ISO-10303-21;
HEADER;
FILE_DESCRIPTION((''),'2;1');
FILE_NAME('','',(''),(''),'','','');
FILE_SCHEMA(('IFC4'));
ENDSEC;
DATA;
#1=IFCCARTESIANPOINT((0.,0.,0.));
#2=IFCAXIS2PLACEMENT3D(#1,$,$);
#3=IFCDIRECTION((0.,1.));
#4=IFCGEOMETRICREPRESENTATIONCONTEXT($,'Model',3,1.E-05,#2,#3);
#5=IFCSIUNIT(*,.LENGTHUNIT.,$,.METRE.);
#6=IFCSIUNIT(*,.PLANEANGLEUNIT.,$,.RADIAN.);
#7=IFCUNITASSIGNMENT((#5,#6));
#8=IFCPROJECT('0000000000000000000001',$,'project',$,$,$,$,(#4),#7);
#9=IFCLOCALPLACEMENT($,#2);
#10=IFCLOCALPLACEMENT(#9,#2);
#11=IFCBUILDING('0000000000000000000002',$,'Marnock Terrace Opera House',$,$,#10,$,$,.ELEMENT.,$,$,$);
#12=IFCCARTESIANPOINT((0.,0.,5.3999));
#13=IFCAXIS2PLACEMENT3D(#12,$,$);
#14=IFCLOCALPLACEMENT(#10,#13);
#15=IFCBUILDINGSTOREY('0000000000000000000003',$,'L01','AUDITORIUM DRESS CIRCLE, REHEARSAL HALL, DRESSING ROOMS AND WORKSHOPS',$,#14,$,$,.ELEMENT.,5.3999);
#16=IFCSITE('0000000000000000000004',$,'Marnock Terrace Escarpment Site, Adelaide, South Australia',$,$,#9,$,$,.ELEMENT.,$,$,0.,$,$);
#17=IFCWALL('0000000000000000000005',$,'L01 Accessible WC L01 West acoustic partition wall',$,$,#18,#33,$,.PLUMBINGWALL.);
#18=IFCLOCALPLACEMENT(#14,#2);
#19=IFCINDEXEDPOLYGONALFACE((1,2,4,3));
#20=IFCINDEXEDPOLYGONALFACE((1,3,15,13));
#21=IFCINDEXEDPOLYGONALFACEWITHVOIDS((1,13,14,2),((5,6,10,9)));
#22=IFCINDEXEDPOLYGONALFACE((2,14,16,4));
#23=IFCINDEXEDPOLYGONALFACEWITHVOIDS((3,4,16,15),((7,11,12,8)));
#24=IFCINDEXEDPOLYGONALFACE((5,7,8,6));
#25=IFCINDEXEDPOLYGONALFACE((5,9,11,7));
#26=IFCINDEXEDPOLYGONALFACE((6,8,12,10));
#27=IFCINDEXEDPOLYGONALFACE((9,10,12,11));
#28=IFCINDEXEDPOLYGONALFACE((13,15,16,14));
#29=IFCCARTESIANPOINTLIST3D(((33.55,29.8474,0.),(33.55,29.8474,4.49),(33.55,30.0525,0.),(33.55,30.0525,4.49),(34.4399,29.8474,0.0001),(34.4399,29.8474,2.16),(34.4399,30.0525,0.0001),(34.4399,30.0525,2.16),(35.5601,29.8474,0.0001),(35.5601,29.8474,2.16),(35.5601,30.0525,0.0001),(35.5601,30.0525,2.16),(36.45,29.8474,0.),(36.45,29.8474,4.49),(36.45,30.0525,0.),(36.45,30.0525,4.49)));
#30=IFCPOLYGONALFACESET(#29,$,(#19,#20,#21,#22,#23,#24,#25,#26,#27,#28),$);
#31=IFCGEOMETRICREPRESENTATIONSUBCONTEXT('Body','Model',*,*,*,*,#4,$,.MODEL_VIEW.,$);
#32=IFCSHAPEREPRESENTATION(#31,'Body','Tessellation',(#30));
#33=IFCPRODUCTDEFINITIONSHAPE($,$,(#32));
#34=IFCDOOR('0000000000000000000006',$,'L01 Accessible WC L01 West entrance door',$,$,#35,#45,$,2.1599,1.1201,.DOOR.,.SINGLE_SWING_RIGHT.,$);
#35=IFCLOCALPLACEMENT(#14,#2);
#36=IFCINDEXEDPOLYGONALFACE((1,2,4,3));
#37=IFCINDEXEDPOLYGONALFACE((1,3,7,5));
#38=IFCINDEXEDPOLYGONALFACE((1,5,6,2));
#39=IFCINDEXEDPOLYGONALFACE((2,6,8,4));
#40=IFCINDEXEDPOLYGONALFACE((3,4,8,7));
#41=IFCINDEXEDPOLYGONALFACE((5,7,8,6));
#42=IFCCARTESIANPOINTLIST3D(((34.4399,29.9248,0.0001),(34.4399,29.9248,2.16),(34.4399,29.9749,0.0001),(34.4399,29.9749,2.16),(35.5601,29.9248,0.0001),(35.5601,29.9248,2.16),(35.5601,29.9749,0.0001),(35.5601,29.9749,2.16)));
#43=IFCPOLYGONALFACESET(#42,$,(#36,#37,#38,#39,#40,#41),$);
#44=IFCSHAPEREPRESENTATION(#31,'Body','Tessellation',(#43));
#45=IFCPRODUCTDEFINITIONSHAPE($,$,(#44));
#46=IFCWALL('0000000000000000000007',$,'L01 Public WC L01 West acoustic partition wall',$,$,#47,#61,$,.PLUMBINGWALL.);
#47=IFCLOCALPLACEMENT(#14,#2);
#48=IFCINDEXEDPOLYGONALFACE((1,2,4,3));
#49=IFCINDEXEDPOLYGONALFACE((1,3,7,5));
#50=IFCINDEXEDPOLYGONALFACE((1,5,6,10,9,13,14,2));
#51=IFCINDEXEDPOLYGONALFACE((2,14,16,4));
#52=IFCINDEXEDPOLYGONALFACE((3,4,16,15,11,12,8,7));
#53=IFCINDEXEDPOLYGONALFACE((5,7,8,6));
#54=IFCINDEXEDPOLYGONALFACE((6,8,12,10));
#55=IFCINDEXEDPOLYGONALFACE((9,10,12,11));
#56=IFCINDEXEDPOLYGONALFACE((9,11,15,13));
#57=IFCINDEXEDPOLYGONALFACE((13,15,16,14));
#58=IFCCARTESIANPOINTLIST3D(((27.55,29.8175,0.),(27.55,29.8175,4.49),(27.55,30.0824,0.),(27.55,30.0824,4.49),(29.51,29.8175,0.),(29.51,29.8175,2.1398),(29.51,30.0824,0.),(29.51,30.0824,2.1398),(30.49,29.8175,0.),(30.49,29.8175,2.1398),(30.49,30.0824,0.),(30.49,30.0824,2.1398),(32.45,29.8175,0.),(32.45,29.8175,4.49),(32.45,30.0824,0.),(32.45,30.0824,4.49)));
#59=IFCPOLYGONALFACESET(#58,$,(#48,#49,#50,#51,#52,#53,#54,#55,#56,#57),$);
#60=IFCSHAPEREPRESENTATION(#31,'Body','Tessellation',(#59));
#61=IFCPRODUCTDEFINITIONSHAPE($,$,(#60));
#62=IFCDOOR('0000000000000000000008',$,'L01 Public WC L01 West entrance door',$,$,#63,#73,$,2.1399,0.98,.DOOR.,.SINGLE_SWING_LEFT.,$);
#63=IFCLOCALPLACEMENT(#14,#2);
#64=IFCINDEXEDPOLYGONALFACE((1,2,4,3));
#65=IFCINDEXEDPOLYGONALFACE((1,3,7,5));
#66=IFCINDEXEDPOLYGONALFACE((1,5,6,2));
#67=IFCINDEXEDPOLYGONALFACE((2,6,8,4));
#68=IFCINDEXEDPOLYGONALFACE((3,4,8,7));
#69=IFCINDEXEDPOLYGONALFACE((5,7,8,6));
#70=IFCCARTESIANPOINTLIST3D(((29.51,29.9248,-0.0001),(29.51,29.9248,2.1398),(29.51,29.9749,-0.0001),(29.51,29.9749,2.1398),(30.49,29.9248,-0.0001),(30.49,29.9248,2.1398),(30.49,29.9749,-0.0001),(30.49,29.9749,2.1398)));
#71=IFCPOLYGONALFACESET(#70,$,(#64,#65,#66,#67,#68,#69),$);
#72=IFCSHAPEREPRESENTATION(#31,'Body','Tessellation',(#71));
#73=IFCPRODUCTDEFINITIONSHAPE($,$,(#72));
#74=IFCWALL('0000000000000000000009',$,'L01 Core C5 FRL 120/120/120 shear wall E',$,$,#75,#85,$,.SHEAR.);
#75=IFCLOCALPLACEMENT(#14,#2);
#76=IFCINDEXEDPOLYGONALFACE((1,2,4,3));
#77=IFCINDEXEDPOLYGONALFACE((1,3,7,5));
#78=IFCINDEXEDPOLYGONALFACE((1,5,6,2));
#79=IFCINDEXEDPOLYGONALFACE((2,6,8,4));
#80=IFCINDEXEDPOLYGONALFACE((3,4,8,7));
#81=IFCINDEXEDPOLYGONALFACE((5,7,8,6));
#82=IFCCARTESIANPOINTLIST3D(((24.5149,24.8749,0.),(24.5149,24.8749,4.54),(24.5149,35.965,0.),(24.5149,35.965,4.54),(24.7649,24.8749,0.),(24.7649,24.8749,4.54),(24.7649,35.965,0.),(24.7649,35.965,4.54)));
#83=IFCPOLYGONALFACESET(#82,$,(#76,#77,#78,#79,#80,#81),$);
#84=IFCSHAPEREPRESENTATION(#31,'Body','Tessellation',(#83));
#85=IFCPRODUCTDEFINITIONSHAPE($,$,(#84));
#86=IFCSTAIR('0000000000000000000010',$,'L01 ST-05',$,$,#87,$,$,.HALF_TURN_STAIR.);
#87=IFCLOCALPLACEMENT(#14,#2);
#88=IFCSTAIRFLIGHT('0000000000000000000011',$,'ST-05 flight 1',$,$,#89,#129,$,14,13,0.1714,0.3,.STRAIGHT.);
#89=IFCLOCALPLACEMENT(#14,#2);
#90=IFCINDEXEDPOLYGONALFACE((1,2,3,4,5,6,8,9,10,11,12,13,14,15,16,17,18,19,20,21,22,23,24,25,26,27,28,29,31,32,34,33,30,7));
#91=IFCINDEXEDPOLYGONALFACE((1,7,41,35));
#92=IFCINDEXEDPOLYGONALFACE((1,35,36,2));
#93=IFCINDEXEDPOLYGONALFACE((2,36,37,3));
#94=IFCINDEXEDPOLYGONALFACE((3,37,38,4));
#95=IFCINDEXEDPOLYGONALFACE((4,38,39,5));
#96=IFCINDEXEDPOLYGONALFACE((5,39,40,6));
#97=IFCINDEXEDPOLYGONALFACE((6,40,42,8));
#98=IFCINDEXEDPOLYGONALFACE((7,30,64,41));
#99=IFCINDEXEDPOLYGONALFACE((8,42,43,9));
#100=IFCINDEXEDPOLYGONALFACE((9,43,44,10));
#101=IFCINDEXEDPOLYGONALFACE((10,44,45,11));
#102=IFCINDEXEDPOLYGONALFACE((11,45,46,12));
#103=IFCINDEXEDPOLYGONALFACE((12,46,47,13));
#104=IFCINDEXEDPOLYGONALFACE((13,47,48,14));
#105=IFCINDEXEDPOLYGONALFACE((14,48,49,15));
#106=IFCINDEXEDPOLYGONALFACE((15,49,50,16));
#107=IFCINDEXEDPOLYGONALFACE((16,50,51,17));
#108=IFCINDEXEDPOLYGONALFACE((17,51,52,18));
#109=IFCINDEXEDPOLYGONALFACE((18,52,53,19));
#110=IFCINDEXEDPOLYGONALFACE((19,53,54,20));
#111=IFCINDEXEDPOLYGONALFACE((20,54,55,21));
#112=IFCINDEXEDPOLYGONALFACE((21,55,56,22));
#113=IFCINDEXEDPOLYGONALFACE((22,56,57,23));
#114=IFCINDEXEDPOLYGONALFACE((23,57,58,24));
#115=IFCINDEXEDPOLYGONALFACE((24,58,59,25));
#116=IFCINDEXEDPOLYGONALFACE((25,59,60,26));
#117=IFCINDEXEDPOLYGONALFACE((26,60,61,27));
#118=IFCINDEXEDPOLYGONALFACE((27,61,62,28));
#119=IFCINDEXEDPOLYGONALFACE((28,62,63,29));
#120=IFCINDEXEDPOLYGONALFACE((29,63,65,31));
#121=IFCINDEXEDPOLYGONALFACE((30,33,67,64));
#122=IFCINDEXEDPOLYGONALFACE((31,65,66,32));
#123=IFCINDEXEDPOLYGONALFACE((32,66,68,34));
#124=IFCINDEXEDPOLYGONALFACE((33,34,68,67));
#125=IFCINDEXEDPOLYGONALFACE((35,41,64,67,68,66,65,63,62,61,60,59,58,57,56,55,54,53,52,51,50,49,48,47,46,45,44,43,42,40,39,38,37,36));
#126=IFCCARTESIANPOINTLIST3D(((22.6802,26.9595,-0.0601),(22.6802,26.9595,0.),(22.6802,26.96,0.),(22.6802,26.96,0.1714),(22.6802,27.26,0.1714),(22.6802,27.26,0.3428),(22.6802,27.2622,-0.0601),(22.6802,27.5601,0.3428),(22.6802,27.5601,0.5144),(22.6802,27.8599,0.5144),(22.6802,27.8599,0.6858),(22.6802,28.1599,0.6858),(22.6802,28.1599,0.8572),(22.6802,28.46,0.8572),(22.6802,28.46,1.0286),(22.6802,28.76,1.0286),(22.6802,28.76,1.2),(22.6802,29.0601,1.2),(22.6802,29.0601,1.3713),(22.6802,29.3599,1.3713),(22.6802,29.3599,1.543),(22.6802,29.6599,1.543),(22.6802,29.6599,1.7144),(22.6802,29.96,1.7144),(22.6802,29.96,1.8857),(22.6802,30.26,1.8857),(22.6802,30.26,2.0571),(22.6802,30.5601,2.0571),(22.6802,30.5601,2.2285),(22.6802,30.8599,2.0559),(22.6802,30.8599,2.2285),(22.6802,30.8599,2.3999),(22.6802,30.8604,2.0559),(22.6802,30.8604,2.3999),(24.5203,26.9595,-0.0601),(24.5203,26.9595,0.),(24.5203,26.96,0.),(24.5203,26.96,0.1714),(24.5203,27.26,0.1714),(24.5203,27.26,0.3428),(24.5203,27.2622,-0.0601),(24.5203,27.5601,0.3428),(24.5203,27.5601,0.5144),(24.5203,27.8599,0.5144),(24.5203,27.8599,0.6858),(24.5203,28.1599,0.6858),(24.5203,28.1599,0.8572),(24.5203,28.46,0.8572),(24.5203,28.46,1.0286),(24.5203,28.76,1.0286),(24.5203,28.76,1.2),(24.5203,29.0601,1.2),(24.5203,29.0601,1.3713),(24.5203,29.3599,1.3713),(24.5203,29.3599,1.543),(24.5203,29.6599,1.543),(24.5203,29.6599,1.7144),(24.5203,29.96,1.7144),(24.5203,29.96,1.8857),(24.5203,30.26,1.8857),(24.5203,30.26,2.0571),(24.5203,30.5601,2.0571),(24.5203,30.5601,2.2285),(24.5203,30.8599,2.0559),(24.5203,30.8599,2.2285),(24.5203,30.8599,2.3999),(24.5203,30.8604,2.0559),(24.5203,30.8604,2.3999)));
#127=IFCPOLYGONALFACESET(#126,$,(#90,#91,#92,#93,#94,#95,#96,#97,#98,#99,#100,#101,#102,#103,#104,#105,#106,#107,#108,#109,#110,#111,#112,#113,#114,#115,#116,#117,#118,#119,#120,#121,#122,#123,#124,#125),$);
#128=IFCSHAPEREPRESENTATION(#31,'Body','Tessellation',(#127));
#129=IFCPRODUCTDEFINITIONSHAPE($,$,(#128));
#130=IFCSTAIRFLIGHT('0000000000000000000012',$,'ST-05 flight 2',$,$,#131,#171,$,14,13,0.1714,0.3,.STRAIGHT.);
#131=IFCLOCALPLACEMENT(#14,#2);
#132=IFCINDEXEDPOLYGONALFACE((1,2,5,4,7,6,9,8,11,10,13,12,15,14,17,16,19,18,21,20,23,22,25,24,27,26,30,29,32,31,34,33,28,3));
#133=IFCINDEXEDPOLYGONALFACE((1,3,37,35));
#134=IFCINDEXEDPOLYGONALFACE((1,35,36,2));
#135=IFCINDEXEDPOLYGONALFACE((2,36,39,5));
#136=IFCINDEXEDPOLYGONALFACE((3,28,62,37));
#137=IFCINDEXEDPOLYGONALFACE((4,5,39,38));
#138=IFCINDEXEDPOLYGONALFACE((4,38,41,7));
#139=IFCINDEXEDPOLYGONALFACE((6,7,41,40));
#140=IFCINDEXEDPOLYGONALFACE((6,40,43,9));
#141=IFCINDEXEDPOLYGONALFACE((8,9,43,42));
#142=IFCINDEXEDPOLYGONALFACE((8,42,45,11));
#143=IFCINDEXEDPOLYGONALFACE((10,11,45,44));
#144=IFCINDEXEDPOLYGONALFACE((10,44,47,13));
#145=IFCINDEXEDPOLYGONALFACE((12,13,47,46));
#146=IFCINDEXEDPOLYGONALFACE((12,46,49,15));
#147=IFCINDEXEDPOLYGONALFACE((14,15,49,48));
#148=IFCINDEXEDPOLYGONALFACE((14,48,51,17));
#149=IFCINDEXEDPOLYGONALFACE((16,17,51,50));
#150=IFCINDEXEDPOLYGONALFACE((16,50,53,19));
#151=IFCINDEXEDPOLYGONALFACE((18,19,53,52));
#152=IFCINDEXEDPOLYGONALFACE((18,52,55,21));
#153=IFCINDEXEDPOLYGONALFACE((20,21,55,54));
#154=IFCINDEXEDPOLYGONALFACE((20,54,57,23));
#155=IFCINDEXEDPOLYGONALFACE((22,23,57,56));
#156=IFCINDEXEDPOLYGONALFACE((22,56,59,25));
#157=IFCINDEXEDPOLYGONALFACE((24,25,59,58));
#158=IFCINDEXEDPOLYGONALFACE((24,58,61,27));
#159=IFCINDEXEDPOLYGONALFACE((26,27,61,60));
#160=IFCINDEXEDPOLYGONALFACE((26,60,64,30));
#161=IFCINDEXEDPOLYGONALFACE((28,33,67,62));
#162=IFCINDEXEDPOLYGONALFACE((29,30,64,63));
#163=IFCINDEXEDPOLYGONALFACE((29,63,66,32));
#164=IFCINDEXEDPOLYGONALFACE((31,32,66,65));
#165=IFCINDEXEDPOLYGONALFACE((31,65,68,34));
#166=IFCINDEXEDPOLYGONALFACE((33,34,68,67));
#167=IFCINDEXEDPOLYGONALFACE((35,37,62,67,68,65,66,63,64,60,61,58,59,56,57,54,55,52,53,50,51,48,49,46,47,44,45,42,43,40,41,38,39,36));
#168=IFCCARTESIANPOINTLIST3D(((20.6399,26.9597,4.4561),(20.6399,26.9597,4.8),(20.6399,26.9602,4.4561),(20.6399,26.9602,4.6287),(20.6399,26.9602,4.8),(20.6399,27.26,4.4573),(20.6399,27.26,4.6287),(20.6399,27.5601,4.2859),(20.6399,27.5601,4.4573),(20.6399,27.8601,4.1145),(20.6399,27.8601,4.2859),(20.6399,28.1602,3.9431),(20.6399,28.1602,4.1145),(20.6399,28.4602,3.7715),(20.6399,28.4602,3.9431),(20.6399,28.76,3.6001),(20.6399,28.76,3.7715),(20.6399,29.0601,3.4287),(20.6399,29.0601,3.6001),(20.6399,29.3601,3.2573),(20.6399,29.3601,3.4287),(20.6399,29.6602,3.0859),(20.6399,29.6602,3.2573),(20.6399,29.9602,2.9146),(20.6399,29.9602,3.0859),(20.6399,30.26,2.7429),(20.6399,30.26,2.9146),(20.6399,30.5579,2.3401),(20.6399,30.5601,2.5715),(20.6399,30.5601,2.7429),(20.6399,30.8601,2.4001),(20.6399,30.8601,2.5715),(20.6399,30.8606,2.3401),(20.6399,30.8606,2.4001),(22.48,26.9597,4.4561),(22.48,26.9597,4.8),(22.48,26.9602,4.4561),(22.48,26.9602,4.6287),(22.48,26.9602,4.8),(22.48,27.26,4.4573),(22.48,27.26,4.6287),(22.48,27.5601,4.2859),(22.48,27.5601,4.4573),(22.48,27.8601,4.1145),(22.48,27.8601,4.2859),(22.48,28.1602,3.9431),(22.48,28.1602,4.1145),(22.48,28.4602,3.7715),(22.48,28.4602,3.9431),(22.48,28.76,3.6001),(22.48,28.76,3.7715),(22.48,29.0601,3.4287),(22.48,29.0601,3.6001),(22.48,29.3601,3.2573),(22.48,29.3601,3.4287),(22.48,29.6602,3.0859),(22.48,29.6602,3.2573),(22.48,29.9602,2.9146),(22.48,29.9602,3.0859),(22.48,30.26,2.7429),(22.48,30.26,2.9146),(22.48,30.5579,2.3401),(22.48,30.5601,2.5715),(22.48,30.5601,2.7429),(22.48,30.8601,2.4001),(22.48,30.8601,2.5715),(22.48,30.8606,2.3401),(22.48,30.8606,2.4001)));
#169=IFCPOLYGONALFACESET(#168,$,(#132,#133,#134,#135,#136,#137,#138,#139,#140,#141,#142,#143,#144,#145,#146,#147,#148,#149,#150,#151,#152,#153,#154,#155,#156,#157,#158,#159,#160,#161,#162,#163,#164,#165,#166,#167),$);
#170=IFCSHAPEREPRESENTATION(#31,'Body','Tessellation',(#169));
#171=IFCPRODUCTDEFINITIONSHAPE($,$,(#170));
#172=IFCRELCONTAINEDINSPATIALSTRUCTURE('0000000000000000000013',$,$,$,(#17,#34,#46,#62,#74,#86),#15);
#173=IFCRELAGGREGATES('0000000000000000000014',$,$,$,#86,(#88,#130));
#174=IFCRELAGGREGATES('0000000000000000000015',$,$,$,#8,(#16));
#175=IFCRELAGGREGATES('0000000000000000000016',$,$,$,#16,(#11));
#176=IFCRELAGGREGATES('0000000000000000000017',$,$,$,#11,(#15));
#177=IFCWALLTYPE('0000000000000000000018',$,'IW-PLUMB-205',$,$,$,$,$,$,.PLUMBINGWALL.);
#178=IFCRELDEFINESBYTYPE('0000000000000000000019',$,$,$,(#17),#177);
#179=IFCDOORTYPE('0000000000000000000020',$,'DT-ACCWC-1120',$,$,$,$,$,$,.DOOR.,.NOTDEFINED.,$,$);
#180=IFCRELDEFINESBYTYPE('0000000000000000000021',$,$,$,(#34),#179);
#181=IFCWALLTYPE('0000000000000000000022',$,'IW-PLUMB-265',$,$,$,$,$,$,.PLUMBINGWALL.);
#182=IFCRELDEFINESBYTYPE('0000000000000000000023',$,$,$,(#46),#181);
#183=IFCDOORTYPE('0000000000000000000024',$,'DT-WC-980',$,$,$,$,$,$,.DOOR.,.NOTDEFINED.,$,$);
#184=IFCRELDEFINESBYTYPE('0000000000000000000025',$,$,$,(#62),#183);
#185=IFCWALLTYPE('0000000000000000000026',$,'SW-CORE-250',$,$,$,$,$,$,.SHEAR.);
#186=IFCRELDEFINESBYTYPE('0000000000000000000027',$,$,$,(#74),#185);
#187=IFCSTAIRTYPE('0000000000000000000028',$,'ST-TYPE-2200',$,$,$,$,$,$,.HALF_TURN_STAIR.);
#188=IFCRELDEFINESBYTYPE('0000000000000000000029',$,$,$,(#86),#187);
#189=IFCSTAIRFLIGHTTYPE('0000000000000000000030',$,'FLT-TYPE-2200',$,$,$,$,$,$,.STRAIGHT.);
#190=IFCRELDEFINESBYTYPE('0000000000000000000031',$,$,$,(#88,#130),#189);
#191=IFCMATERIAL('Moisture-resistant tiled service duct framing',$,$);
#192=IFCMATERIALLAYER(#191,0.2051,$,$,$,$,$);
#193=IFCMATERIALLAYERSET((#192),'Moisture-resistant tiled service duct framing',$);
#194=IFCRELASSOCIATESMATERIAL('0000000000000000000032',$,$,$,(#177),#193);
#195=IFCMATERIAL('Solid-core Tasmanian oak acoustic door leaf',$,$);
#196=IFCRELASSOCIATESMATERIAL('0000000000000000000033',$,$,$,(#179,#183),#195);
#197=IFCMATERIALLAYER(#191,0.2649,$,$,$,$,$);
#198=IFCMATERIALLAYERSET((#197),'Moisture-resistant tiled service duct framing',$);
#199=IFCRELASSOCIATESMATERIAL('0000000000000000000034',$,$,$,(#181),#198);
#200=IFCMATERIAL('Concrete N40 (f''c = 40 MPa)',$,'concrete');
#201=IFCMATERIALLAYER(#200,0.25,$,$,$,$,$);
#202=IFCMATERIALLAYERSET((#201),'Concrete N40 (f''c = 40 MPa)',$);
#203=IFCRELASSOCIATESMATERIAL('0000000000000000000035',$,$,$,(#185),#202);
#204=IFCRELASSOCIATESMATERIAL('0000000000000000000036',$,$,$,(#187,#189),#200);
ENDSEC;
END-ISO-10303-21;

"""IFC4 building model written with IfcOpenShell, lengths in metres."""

from ifc_helpers import new_model, si_unit, direction, frame, frame_2d, origin, place, context, subcontext, project, spatial, polyline, rectangle, outline, extrude, material, layer, layer_set, type_object, element, fill, aggregate, save


model = new_model("IFC4")

# Units and contexts
model_context = context("Model", 3, precision=1e-05, world=origin(), true_north=direction((0.0, 1.0)))
body_context = subcontext(model_context, "Body", "Model", "MODEL_VIEW")
ifc_project = project(units=[si_unit("LENGTHUNIT", "METRE"), si_unit("PLANEANGLEUNIT", "RADIAN")], contexts=[model_context])

# Site, building, storey
site_placement = place(None, origin())
site = spatial("IfcSite", under=ifc_project, at=site_placement, Name="Marnock Terrace Escarpment Site, Adelaide, South Australia", CompositionType="ELEMENT", RefElevation=0.0)
building_placement = place(site_placement, origin())
building = spatial("IfcBuilding", under=site, at=building_placement, Name="Marnock Terrace Opera House", CompositionType="ELEMENT")
storey_placement = place(building_placement, frame((0.0, 0.0, 5.3999)))
storey = spatial("IfcBuildingStorey", under=building, at=storey_placement, Name="L01", Description="AUDITORIUM DRESS CIRCLE, REHEARSAL HALL, DRESSING ROOMS AND WORKSHOPS", CompositionType="ELEMENT", Elevation=5.3999)

# Shared definitions
ifc_material_1 = material(Name="Concrete N40 (f'c = 40 MPa)", Category="concrete")

# Walls, openings, doors
ifc_material_2 = material(Name="Moisture-resistant tiled service duct framing")
ifc_layer_1 = layer(ifc_material_2, 0.2051)
ifc_layer_set_1 = layer_set([ifc_layer_1], Name="Moisture-resistant tiled service duct framing")
wall_type_1 = type_object("IfcWallType", Name="IW-PLUMB-205", PredefinedType="PLUMBINGWALL", material=ifc_layer_set_1)
wall_1_placement = place(storey_placement, frame((33.55, 29.95, 0.0), z_axis=(0.0, 0.0, 1.0), x_axis=(1.0, 0.0, 0.0)))
wall_1 = element("IfcWall", 1, at=wall_1_placement, inside=storey, type_object=wall_type_1, Name="L01 Accessible WC L01 West acoustic partition wall", PredefinedType="PLUMBINGWALL", context=body_context, shape_type="SweptSolid", body=[
    extrude(rectangle(XDim=2.8999, YDim=0.2051, at=frame_2d((1.45, 0.0))), origin(), (0.0, 0.0, 1.0), 4.49),
])
opening_1_placement = place(wall_1_placement, frame((0.8899, 0.0, 0.0)))
opening_1 = element("IfcOpeningElement", 2, at=opening_1_placement, cuts=wall_1, PredefinedType="OPENING", context=body_context, shape_type="SweptSolid", body=[
    extrude(rectangle(XDim=1.1201, YDim=2.1599, at=frame_2d((0.5601, 1.0801))), frame((0.0, 0.1125, 0.0), z_axis=(0.0, -1.0, 0.0), x_axis=(1.0, 0.0, 0.0)), (0.0, 0.0, 1.0), 0.2251),
])
ifc_material_3 = material(Name="Solid-core Tasmanian oak acoustic door leaf")
door_type_1 = type_object("IfcDoorType", Name="DT-ACCWC-1120", OperationType="NOTDEFINED", PredefinedType="DOOR", material=ifc_material_3)
door_1_placement = place(opening_1_placement, origin())
door_1 = element("IfcDoor", 3, at=door_1_placement, inside=storey, type_object=door_type_1, Name="L01 Accessible WC L01 West entrance door", OperationType="SINGLE_SWING_RIGHT", OverallHeight=2.1599, OverallWidth=1.1201, PredefinedType="DOOR", context=body_context, shape_type="SweptSolid", body=[
    extrude(rectangle(XDim=1.1201, YDim=2.1599, at=frame_2d((0.5601, 1.0801))), frame((0.0, 0.0249, 0.0), z_axis=(0.0, -1.0, 0.0), x_axis=(1.0, 0.0, 0.0)), (0.0, 0.0, 1.0), 0.05),
])
fill(opening_1, door_1)
ifc_layer_2 = layer(ifc_material_2, 0.2649)
ifc_layer_set_2 = layer_set([ifc_layer_2], Name="Moisture-resistant tiled service duct framing")
wall_type_2 = type_object("IfcWallType", Name="IW-PLUMB-265", PredefinedType="PLUMBINGWALL", material=ifc_layer_set_2)
wall_2_placement = place(storey_placement, frame((27.55, 29.95, 0.0), z_axis=(0.0, 0.0, 1.0), x_axis=(1.0, 0.0, 0.0)))
wall_2 = element("IfcWall", 4, at=wall_2_placement, inside=storey, type_object=wall_type_2, Name="L01 Public WC L01 West acoustic partition wall", PredefinedType="PLUMBINGWALL", context=body_context, shape_type="SweptSolid", body=[
    extrude(rectangle(XDim=4.8999, YDim=0.2649, at=frame_2d((2.45, 0.0))), origin(), (0.0, 0.0, 1.0), 4.49),
])
opening_2_placement = place(wall_2_placement, frame((1.96, 0.0, 0.0)))
opening_2 = element("IfcOpeningElement", 5, at=opening_2_placement, cuts=wall_2, PredefinedType="OPENING", context=body_context, shape_type="SweptSolid", body=[
    extrude(rectangle(XDim=0.98, YDim=2.1399, at=frame_2d((0.49, 1.0698))), frame((0.0, 0.1423, 0.0), z_axis=(0.0, -1.0, 0.0), x_axis=(1.0, 0.0, 0.0)), (0.0, 0.0, 1.0), 0.2849),
])
door_type_2 = type_object("IfcDoorType", Name="DT-WC-980", OperationType="NOTDEFINED", PredefinedType="DOOR", material=ifc_material_3)
door_2_placement = place(opening_2_placement, origin())
door_2 = element("IfcDoor", 6, at=door_2_placement, inside=storey, type_object=door_type_2, Name="L01 Public WC L01 West entrance door", OperationType="SINGLE_SWING_LEFT", OverallHeight=2.1399, OverallWidth=0.98, PredefinedType="DOOR", context=body_context, shape_type="SweptSolid", body=[
    extrude(rectangle(XDim=0.98, YDim=2.1399, at=frame_2d((0.49, 1.0698))), frame((0.0, 0.0249, 0.0), z_axis=(0.0, -1.0, 0.0), x_axis=(1.0, 0.0, 0.0)), (0.0, 0.0, 1.0), 0.05),
])
fill(opening_2, door_2)

# Wall
ifc_layer_3 = layer(ifc_material_1, 0.25)
ifc_layer_set_3 = layer_set([ifc_layer_3], Name="Concrete N40 (f'c = 40 MPa)")
wall_type_3 = type_object("IfcWallType", Name="SW-CORE-250", PredefinedType="SHEAR", material=ifc_layer_set_3)
wall_3_placement = place(storey_placement, frame((24.6399, 24.875, 0.0), z_axis=(0.0, 0.0, 1.0), x_axis=(0.0, 1.0, 0.0)))
element("IfcWall", 7, at=wall_3_placement, inside=storey, type_object=wall_type_3, Name="L01 Core C5 FRL 120/120/120 shear wall E", PredefinedType="SHEAR", context=body_context, shape_type="SweptSolid", body=[
    extrude(rectangle(XDim=11.0901, YDim=0.25, at=frame_2d((5.5449, 0.0))), origin(), (0.0, 0.0, 1.0), 4.54),
])

# Stair, stair flights
stair_type = type_object("IfcStairType", Name="ST-TYPE-2200", PredefinedType="HALF_TURN_STAIR", material=ifc_material_1)
stair_placement = place(storey_placement, origin())
stair = element("IfcStair", 8, at=stair_placement, inside=storey, type_object=stair_type, Name="L01 ST-05", PredefinedType="HALF_TURN_STAIR")
stair_flight_type = type_object("IfcStairFlightType", Name="FLT-TYPE-2200", PredefinedType="STRAIGHT", material=ifc_material_1)
stair_flight_1_placement = place(storey_placement, frame((23.6001, 26.96, 0.0), z_axis=(0.0, 0.0, 1.0), x_axis=(0.0, 1.0, 0.0)))
stair_flight_1 = element("IfcStairFlight", 9, at=stair_flight_1_placement, type_object=stair_flight_type, Name="ST-05 flight 1", NumberOfRisers=14, NumberOfTreads=13, PredefinedType="STRAIGHT", RiserHeight=0.1714, TreadLength=0.3, context=body_context, shape_type="SweptSolid", body=[
    extrude(outline(polyline([(-0.0005, -0.0601), (-0.0005, 0.0), (0.0, 0.0), (0.0, 0.1714), (0.3, 0.1714), (0.3, 0.3428), (0.6001, 0.3428), (0.6001, 0.5144), (0.8999, 0.5144), (0.8999, 0.6858), (1.2, 0.6858), (1.2, 0.8572), (1.5, 0.8572), (1.5, 1.0286), (1.8, 1.0286), (1.8, 1.2), (2.1001, 1.2), (2.1001, 1.3713), (2.3999, 1.3713), (2.3999, 1.543), (2.7, 1.543), (2.7, 1.7144), (3.0, 1.7144), (3.0, 1.8857), (3.3, 1.8857), (3.3, 2.0571), (3.6001, 2.0571), (3.6001, 2.2285), (3.8999, 2.2285), (3.8999, 2.3999), (3.9004, 2.3999), (3.9004, 2.0559), (3.8999, 2.0559), (0.3022, -0.0601), (-0.0005, -0.0601)])), frame((0.0, 0.9199, 0.0), z_axis=(0.0, -1.0, 0.0), x_axis=(1.0, 0.0, 0.0)), (0.0, 0.0, 1.0), 1.8401),
])
stair_flight_2_placement = place(storey_placement, frame((21.5601, 30.8601, 2.4001), z_axis=(0.0, 0.0, 1.0), x_axis=(0.0, -1.0, 0.0)))
stair_flight_2 = element("IfcStairFlight", 10, at=stair_flight_2_placement, type_object=stair_flight_type, Name="ST-05 flight 2", NumberOfRisers=14, NumberOfTreads=13, PredefinedType="STRAIGHT", RiserHeight=0.1714, TreadLength=0.3, context=body_context, shape_type="SweptSolid", body=[
    extrude(outline(polyline([(-0.0005, -0.0601), (-0.0005, 0.0), (0.0, 0.0), (0.0, 0.1714), (0.3, 0.1714), (0.3, 0.3428), (0.6001, 0.3428), (0.6001, 0.5144), (0.8999, 0.5144), (0.8999, 0.6858), (1.2, 0.6858), (1.2, 0.8572), (1.5, 0.8572), (1.5, 1.0286), (1.8, 1.0286), (1.8, 1.2), (2.1001, 1.2), (2.1001, 1.3713), (2.3999, 1.3713), (2.3999, 1.543), (2.7, 1.543), (2.7, 1.7144), (3.0, 1.7144), (3.0, 1.8857), (3.3, 1.8857), (3.3, 2.0571), (3.6001, 2.0571), (3.6001, 2.2285), (3.8999, 2.2285), (3.8999, 2.3999), (3.9004, 2.3999), (3.9004, 2.0559), (3.8999, 2.0559), (0.3022, -0.0601), (-0.0005, -0.0601)])), frame((0.0, 0.9199, 0.0), z_axis=(0.0, -1.0, 0.0), x_axis=(1.0, 0.0, 0.0)), (0.0, 0.0, 1.0), 1.8401),
])
aggregate(stair, [stair_flight_1, stair_flight_2])

save(model, "model.ifc")
